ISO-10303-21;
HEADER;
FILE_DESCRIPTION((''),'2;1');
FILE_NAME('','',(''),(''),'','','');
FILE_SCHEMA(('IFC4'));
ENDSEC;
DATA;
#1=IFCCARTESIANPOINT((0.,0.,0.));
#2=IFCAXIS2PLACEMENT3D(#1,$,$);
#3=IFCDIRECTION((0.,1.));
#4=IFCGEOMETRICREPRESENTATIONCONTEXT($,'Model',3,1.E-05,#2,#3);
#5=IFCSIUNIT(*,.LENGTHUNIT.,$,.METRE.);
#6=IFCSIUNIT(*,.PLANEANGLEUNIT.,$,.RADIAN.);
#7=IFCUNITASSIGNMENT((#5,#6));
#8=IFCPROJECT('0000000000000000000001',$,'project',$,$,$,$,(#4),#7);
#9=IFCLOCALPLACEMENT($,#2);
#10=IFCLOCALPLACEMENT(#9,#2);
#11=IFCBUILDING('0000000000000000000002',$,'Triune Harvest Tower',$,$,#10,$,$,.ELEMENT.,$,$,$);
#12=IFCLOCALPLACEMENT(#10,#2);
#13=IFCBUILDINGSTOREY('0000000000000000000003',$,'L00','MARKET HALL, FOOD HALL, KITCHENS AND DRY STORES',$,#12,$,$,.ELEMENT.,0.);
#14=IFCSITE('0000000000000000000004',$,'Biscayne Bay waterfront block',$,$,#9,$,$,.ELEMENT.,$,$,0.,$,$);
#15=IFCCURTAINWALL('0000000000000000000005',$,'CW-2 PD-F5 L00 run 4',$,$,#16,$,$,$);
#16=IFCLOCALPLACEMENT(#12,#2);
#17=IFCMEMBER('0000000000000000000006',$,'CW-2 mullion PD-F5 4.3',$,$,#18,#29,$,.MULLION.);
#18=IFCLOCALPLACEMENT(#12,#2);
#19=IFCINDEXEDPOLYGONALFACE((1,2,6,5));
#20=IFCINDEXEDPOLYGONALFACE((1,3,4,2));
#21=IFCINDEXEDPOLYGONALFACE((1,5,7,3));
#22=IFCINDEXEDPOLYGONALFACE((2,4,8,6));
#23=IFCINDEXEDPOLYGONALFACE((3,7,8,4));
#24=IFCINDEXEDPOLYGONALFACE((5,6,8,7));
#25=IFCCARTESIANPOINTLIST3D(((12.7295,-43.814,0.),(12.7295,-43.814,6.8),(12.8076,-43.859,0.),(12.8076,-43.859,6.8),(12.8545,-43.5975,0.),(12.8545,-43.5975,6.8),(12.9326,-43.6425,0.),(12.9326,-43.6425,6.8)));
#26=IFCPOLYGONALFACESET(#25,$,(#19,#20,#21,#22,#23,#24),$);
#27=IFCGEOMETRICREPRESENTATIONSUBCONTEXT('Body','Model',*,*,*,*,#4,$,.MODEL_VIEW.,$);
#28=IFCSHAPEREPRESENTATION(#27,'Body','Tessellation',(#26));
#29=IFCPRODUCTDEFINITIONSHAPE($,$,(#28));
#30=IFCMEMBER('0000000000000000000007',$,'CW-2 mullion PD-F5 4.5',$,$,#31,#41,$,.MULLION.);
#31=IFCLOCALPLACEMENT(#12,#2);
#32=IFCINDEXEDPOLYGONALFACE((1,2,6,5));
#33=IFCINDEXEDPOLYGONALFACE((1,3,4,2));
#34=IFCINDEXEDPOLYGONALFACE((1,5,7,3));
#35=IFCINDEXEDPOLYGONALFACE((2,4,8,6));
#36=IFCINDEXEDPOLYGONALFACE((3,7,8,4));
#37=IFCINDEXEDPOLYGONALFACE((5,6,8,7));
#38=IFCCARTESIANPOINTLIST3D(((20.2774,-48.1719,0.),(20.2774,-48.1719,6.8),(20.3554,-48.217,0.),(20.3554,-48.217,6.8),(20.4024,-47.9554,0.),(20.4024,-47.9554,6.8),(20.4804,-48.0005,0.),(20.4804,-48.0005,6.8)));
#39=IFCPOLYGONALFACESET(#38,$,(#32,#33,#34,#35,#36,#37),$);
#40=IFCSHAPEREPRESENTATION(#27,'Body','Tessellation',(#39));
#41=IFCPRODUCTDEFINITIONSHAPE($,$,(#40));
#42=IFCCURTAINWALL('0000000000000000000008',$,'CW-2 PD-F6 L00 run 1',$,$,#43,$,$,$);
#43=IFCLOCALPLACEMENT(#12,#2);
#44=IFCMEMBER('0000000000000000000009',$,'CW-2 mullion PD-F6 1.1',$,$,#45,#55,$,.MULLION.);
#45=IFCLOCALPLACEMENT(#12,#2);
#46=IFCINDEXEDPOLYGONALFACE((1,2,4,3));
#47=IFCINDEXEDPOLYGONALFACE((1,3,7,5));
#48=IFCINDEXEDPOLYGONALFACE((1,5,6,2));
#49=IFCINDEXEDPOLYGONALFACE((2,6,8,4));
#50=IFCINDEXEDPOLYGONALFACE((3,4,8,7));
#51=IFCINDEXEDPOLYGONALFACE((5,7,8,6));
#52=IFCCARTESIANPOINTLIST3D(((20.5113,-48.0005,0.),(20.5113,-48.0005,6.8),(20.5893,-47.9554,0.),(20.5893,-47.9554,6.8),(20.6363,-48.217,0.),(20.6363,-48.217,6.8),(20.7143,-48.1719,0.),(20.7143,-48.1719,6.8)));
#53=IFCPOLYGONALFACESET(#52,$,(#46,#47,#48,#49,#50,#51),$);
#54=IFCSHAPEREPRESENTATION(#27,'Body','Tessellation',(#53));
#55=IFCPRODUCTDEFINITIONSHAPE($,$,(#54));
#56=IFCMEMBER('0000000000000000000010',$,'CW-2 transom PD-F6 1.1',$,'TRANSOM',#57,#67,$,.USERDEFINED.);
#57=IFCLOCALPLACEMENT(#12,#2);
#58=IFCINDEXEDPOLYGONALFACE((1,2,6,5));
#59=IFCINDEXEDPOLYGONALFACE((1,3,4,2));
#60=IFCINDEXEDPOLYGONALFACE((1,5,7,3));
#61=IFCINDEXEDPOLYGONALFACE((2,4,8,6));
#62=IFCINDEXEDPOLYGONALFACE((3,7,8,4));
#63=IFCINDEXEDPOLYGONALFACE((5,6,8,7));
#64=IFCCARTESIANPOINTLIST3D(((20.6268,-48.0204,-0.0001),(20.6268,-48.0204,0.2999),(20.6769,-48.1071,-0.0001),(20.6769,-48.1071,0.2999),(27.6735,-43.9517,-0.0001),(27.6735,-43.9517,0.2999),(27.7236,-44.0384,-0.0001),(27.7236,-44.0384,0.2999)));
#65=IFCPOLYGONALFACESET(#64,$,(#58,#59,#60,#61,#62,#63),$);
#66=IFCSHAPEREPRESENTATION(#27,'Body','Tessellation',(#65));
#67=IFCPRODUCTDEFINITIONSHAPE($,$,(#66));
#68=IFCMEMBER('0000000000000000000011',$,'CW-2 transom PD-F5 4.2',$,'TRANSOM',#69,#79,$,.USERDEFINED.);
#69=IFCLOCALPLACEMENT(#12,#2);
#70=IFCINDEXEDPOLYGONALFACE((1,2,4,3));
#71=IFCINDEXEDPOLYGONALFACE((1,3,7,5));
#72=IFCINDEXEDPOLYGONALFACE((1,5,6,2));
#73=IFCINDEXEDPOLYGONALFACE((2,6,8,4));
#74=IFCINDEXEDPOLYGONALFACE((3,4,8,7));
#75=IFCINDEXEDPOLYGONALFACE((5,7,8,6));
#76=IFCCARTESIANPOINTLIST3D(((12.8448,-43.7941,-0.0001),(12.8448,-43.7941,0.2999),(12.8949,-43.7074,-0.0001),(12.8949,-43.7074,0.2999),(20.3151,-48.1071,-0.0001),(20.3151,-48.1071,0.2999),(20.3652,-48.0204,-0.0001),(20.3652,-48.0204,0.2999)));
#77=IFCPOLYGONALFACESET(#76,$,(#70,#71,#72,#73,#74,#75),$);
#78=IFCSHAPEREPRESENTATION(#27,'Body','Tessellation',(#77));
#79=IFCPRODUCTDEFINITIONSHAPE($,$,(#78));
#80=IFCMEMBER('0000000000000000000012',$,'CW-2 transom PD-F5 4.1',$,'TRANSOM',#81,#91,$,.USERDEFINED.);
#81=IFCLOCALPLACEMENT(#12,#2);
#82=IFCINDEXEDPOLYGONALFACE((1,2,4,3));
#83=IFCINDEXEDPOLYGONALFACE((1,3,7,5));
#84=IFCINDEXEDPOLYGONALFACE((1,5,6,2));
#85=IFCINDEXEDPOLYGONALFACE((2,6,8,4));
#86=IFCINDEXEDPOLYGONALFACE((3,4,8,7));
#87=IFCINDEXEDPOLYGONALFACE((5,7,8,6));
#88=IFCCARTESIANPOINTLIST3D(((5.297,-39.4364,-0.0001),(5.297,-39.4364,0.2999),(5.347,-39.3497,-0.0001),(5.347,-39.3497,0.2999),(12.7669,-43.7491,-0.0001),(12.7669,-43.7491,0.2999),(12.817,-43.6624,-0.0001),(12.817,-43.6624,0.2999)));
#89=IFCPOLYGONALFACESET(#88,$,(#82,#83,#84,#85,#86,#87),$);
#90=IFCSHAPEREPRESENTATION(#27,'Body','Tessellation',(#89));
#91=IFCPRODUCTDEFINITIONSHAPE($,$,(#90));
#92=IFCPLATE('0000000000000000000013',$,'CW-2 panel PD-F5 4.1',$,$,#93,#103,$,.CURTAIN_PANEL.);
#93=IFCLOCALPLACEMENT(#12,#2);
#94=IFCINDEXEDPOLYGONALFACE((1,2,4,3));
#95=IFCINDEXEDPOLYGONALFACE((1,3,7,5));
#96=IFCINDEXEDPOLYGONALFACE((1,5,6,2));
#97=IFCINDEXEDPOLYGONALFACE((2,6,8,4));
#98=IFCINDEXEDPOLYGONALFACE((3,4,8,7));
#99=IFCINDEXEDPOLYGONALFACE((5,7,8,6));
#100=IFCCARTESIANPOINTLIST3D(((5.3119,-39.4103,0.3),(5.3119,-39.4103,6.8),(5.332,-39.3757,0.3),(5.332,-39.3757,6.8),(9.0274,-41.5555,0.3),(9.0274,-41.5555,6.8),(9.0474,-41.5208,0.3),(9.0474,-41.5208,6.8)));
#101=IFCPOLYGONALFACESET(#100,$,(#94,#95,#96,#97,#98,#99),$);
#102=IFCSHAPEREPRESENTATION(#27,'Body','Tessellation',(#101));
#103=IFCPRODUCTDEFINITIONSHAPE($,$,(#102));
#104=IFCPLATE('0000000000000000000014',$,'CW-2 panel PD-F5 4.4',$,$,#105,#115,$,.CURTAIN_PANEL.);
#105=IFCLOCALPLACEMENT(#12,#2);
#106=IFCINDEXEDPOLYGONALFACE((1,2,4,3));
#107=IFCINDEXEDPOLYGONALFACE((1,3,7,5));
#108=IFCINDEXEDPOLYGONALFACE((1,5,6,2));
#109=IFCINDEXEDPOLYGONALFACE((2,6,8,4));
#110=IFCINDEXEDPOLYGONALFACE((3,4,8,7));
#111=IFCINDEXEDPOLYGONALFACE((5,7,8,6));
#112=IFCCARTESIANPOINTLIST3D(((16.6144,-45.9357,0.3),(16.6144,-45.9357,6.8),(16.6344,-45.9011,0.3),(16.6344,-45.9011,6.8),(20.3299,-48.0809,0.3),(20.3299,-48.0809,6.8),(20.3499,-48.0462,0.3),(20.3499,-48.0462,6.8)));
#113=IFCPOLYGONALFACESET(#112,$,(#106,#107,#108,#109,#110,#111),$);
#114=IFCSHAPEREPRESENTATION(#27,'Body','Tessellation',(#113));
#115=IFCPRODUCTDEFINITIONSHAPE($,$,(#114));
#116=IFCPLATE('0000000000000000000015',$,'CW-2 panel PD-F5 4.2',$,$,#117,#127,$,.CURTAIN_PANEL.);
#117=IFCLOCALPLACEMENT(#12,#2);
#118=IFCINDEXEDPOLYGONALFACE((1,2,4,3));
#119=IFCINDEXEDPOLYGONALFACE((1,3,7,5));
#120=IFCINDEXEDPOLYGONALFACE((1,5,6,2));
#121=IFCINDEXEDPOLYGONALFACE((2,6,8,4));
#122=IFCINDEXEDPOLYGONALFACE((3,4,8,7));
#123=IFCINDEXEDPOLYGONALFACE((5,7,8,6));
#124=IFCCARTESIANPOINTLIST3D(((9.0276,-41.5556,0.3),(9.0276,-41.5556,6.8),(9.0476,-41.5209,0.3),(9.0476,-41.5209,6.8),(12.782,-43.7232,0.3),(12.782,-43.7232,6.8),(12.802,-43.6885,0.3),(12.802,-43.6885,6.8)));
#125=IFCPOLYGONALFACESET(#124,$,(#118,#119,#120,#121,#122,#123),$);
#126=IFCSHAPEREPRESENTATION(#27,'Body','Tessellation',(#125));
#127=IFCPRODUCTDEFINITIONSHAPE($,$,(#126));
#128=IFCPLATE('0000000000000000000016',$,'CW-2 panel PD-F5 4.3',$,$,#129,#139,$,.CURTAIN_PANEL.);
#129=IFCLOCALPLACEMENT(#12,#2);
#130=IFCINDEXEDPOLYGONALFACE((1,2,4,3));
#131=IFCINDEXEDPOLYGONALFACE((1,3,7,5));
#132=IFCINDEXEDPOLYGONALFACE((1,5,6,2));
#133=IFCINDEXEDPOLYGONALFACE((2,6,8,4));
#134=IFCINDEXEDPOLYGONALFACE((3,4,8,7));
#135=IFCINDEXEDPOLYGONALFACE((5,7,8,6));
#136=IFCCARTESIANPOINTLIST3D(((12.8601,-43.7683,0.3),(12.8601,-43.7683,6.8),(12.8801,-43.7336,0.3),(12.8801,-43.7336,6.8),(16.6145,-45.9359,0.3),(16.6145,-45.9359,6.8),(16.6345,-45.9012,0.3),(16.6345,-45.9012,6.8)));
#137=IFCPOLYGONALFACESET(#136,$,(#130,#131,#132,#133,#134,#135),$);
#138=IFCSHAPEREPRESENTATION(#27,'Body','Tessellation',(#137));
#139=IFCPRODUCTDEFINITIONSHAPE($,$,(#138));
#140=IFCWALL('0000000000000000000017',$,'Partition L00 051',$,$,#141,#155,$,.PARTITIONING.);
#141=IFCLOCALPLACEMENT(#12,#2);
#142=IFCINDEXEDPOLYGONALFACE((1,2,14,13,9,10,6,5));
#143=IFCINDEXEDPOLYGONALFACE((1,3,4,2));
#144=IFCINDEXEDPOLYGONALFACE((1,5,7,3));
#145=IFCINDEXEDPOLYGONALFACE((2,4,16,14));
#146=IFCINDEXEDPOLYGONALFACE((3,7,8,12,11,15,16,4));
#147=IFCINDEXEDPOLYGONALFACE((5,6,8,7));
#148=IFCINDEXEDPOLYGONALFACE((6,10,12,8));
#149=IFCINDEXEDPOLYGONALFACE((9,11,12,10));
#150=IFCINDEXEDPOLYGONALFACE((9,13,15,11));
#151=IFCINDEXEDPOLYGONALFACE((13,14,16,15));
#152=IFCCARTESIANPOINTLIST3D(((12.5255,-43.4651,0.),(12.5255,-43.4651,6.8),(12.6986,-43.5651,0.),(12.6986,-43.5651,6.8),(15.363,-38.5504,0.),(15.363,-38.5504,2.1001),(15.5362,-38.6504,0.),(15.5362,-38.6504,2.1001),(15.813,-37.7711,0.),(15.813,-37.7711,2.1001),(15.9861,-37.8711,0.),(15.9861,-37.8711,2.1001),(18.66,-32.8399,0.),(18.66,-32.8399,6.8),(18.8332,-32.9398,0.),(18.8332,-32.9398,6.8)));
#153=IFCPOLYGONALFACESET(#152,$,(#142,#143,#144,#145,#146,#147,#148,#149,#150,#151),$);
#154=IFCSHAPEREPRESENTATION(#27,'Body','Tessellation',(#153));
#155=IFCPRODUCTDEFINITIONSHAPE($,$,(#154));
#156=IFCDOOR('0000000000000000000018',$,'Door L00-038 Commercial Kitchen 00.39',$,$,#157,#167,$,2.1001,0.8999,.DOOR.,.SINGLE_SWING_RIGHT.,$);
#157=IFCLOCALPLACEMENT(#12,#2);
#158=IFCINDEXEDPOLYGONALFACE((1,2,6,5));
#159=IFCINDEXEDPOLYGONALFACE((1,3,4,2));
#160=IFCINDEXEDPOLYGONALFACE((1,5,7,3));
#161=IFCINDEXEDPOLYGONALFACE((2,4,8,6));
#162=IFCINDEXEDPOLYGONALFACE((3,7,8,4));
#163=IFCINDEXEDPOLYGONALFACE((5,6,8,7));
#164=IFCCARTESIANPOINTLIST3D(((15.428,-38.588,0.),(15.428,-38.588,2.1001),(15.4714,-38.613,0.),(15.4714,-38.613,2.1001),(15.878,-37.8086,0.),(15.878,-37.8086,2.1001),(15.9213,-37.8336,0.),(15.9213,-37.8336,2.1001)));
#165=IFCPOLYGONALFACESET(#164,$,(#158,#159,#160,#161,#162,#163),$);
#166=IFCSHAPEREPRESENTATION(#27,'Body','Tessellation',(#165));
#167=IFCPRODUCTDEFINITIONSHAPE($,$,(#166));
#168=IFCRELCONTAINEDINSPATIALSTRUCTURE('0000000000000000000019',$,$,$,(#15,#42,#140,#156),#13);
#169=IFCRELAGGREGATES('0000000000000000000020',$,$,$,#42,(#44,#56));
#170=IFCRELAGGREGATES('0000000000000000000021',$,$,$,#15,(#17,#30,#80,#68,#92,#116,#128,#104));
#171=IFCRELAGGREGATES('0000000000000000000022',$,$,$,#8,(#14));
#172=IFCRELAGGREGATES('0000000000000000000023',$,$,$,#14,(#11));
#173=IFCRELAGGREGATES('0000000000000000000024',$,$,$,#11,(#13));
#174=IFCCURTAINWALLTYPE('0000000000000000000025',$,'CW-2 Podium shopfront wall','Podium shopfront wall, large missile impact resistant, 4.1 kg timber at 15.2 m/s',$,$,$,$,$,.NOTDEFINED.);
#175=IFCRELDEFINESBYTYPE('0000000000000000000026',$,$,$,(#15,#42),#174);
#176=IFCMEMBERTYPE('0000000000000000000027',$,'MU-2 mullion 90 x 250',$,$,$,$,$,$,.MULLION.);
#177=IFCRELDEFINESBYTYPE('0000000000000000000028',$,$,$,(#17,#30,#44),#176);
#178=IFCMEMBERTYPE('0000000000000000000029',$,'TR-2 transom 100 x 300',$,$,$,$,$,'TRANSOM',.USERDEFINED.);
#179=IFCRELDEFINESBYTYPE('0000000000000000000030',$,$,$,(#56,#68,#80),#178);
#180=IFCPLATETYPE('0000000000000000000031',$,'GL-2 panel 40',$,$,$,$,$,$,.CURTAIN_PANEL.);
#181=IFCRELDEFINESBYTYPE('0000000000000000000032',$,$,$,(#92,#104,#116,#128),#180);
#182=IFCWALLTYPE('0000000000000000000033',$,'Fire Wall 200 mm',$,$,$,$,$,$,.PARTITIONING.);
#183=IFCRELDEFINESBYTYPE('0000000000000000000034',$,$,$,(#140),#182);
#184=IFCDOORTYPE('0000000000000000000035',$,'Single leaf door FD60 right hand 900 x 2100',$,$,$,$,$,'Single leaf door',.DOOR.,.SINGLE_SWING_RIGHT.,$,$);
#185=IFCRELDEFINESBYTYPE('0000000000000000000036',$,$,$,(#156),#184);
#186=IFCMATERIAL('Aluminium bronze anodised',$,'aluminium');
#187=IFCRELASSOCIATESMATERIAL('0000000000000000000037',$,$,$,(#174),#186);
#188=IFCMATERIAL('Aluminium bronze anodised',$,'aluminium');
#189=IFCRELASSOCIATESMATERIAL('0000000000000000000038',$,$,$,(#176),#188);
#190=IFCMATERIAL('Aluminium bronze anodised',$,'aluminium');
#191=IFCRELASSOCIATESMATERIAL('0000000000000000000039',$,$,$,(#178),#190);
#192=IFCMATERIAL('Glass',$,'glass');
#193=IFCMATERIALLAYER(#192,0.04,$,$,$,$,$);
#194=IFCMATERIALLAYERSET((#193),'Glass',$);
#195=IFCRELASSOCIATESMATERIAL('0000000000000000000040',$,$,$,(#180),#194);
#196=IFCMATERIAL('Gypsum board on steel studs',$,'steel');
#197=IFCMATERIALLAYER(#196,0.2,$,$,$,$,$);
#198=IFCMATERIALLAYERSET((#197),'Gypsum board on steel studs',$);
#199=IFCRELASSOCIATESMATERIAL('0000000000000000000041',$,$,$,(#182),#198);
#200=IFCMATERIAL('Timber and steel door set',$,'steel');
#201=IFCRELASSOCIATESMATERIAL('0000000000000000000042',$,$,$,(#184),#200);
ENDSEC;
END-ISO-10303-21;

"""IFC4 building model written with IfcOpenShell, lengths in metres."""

from ifc_helpers import new_model, si_unit, direction, frame, frame_2d, origin, origin_2d, place, context, subcontext, project, spatial, rectangle, extrude, source, transform, mapped, material, layer, layer_set, material_profile, profile_set, type_object, element, fill, aggregate, save


model = new_model("IFC4")

# Units and contexts
model_context = context("Model", 3, precision=1e-05, world=origin(), true_north=direction((0.0, 1.0)))
body_context = subcontext(model_context, "Body", "Model", "MODEL_VIEW")
ifc_project = project(units=[si_unit("LENGTHUNIT", "METRE"), si_unit("PLANEANGLEUNIT", "RADIAN")], contexts=[model_context])

# Site, building, storey
site_placement = place(None, origin())
site = spatial("IfcSite", under=ifc_project, at=site_placement, Name="Biscayne Bay waterfront block", CompositionType="ELEMENT", RefElevation=0.0)
building_placement = place(site_placement, origin())
building = spatial("IfcBuilding", under=site, at=building_placement, Name="Triune Harvest Tower", CompositionType="ELEMENT")
storey_placement = place(building_placement, origin())
storey = spatial("IfcBuildingStorey", under=building, at=storey_placement, Name="L00", Description="MARKET HALL, FOOD HALL, KITCHENS AND DRY STORES", CompositionType="ELEMENT", Elevation=0.0)

# Curtain walls, members
ifc_material_1 = material(Name="Aluminium bronze anodised", Category="aluminium")
curtain_wall_type = type_object("IfcCurtainWallType", Name="CW-2 Podium shopfront wall", Description="Podium shopfront wall, large missile impact resistant, 4.1 kg timber at 15.2 m/s", PredefinedType="NOTDEFINED", material=ifc_material_1)
curtain_wall_1_placement = place(storey_placement, origin())
curtain_wall_1 = element("IfcCurtainWall", 1, at=curtain_wall_1_placement, inside=storey, type_object=curtain_wall_type, Name="CW-2 PD-F5 L00 run 4")
ifc_material_2 = material(Name="Aluminium bronze anodised", Category="aluminium")
ifc_material_profile_1 = material_profile(ifc_material_2, rectangle(XDim=0.25, YDim=0.0901, at=origin_2d()), Name="MU-2 mullion 90 x 250")
ifc_profile_set_1 = profile_set([ifc_material_profile_1], Name="Aluminium bronze anodised")
member_type_1 = type_object("IfcMemberType", Name="MU-2 mullion 90 x 250", PredefinedType="MULLION", material=ifc_profile_set_1)
shared_shape_1 = source(origin(), body_context, "Body", "SweptSolid", [
    extrude(rectangle(XDim=0.25, YDim=0.0901, at=origin_2d()), origin(), (0.0, 0.0, 1.0), 6.8),
])
member_1_placement = place(storey_placement, frame((12.8311, -43.7283, 0.0), z_axis=(0.0, 0.0, 1.0), x_axis=(0.5, 0.866025, 0.0)))
member_1 = element("IfcMember", 2, at=member_1_placement, type_object=member_type_1, Name="CW-2 mullion PD-F5 4.3", PredefinedType="MULLION", context=body_context, shape_type="MappedRepresentation", body=[
    mapped(shared_shape_1, transform((0.0, 0.0, 0.0), scale=1.0)),
])
member_2_placement = place(storey_placement, frame((20.3789, -48.0862, 0.0), z_axis=(0.0, 0.0, 1.0), x_axis=(0.5, 0.866025, 0.0)))
member_2 = element("IfcMember", 3, at=member_2_placement, type_object=member_type_1, Name="CW-2 mullion PD-F5 4.5", PredefinedType="MULLION", context=body_context, shape_type="MappedRepresentation", body=[
    mapped(shared_shape_1, transform((0.0, 0.0, 0.0), scale=1.0)),
])
curtain_wall_2_placement = place(storey_placement, origin())
curtain_wall_2 = element("IfcCurtainWall", 4, at=curtain_wall_2_placement, inside=storey, type_object=curtain_wall_type, Name="CW-2 PD-F6 L00 run 1")
member_3_placement = place(storey_placement, frame((20.6128, -48.0862, 0.0), z_axis=(0.0, 0.0, 1.0), x_axis=(-0.500002, 0.866024, 0.0)))
member_3 = element("IfcMember", 5, at=member_3_placement, type_object=member_type_1, Name="CW-2 mullion PD-F6 1.1", PredefinedType="MULLION", context=body_context, shape_type="MappedRepresentation", body=[
    mapped(shared_shape_1, transform((0.0, 0.0, 0.0), scale=1.0)),
])
ifc_material_3 = material(Name="Aluminium bronze anodised", Category="aluminium")
ifc_material_profile_2 = material_profile(ifc_material_3, rectangle(XDim=0.1001, YDim=0.3, at=origin_2d()), Name="TR-2 transom 100 x 300")
ifc_profile_set_2 = profile_set([ifc_material_profile_2], Name="Aluminium bronze anodised")
member_type_2 = type_object("IfcMemberType", Name="TR-2 transom 100 x 300", ElementType="TRANSOM", PredefinedType="USERDEFINED", material=ifc_profile_set_2)
shared_shape_2 = source(origin(), body_context, "Body", "SweptSolid", [
    extrude(rectangle(XDim=0.1001, YDim=0.3, at=origin_2d()), origin(), (0.0, 0.0, 1.0), 8.137),
])
member_4_placement = place(storey_placement, frame((20.6519, -48.0637, 0.1499), z_axis=(0.866013, 0.500021, 0.0), x_axis=(-0.500021, 0.866013, 0.0)))
member_4 = element("IfcMember", 6, at=member_4_placement, type_object=member_type_2, Name="CW-2 transom PD-F6 1.1", ObjectType="TRANSOM", PredefinedType="USERDEFINED", context=body_context, shape_type="MappedRepresentation", body=[
    mapped(shared_shape_2, transform((0.0, 0.0, 0.0), scale=1.0)),
])
aggregate(curtain_wall_2, [member_3, member_4])

# Members
shared_shape_3 = source(origin(), body_context, "Body", "SweptSolid", [
    extrude(rectangle(XDim=0.1001, YDim=0.3, at=origin_2d()), origin(), (0.0, 0.0, 1.0), 8.626),
])
member_5_placement = place(storey_placement, frame((12.8699, -43.7507, 0.1499), z_axis=(0.866023, -0.500005, 0.0), x_axis=(0.500005, 0.866023, 0.0)))
member_5 = element("IfcMember", 7, at=member_5_placement, type_object=member_type_2, Name="CW-2 transom PD-F5 4.2", ObjectType="TRANSOM", PredefinedType="USERDEFINED", context=body_context, shape_type="MappedRepresentation", body=[
    mapped(shared_shape_3, transform((0.0, 0.0, 0.0), scale=1.0)),
])
shared_shape_4 = source(origin(), body_context, "Body", "SweptSolid", [
    extrude(rectangle(XDim=0.1001, YDim=0.3, at=origin_2d()), origin(), (0.0, 0.0, 1.0), 8.6255),
])
member_6_placement = place(storey_placement, frame((5.322, -39.3931, 0.1499), z_axis=(0.866028, -0.499996, 0.0), x_axis=(0.499996, 0.866028, 0.0)))
member_6 = element("IfcMember", 8, at=member_6_placement, type_object=member_type_2, Name="CW-2 transom PD-F5 4.1", ObjectType="TRANSOM", PredefinedType="USERDEFINED", context=body_context, shape_type="MappedRepresentation", body=[
    mapped(shared_shape_4, transform((0.0, 0.0, 0.0), scale=1.0)),
])

# Plates
ifc_material_4 = material(Name="Glass", Category="glass")
ifc_layer_1 = layer(ifc_material_4, 0.04)
ifc_layer_set_1 = layer_set([ifc_layer_1], Name="Glass")
plate_type = type_object("IfcPlateType", Name="GL-2 panel 40", PredefinedType="CURTAIN_PANEL", material=ifc_layer_set_1)
shared_shape_5 = source(origin(), body_context, "Body", "SweptSolid", [
    extrude(rectangle(XDim=4.2903, YDim=0.04, at=origin_2d()), origin(), (0.0, 0.0, 1.0), 6.5),
])
plate_1_placement = place(storey_placement, frame((7.1797, -40.4656, 0.3), z_axis=(0.0, 0.0, 1.0), x_axis=(0.866025, -0.5, 0.0)))
plate_1 = element("IfcPlate", 9, at=plate_1_placement, type_object=plate_type, Name="CW-2 panel PD-F5 4.1", PredefinedType="CURTAIN_PANEL", context=body_context, shape_type="MappedRepresentation", body=[
    mapped(shared_shape_5, transform((0.0, 0.0, 0.0), scale=1.0)),
])
plate_2_placement = place(storey_placement, frame((18.4822, -46.991, 0.3), z_axis=(0.0, 0.0, 1.0), x_axis=(0.866025, -0.5, 0.0)))
plate_2 = element("IfcPlate", 10, at=plate_2_placement, type_object=plate_type, Name="CW-2 panel PD-F5 4.4", PredefinedType="CURTAIN_PANEL", context=body_context, shape_type="MappedRepresentation", body=[
    mapped(shared_shape_5, transform((0.0, 0.0, 0.0), scale=1.0)),
])
shared_shape_6 = source(origin(), body_context, "Body", "SweptSolid", [
    extrude(rectangle(XDim=4.3352, YDim=0.04, at=origin_2d()), origin(), (0.0, 0.0, 1.0), 6.5),
])
plate_3_placement = place(storey_placement, frame((10.9148, -42.6221, 0.3), z_axis=(0.0, 0.0, 1.0), x_axis=(0.866025, -0.5, 0.0)))
plate_3 = element("IfcPlate", 11, at=plate_3_placement, type_object=plate_type, Name="CW-2 panel PD-F5 4.2", PredefinedType="CURTAIN_PANEL", context=body_context, shape_type="MappedRepresentation", body=[
    mapped(shared_shape_6, transform((0.0, 0.0, 0.0), scale=1.0)),
])
plate_4_placement = place(storey_placement, frame((14.7473, -44.8347, 0.3), z_axis=(0.0, 0.0, 1.0), x_axis=(0.866025, -0.5, 0.0)))
plate_4 = element("IfcPlate", 12, at=plate_4_placement, type_object=plate_type, Name="CW-2 panel PD-F5 4.3", PredefinedType="CURTAIN_PANEL", context=body_context, shape_type="MappedRepresentation", body=[
    mapped(shared_shape_6, transform((0.0, 0.0, 0.0), scale=1.0)),
])
aggregate(curtain_wall_1, [member_1, member_2, member_6, member_5, plate_1, plate_3, plate_4, plate_2])

# Wall, opening, door
ifc_material_5 = material(Name="Gypsum board on steel studs", Category="steel")
ifc_layer_2 = layer(ifc_material_5, 0.2)
ifc_layer_set_2 = layer_set([ifc_layer_2], Name="Gypsum board on steel studs")
wall_type_1 = type_object("IfcWallType", Name="Fire Wall 200 mm", PredefinedType="PARTITIONING", material=ifc_layer_set_2)
wall_1_placement = place(storey_placement, frame((12.6121, -43.5151, 0.0), z_axis=(0.0, 0.0, 1.0), x_axis=(0.500002, 0.866024, 0.0)))
wall_1 = element("IfcWall", 13, at=wall_1_placement, inside=storey, type_object=wall_type_1, Name="Partition L00 051", PredefinedType="PARTITIONING", context=body_context, shape_type="SweptSolid", body=[
    extrude(rectangle(XDim=12.269, YDim=0.2, at=frame_2d((6.1345, 0.0))), origin(), (0.0, 0.0, 1.0), 6.8),
])
opening_placement = place(wall_1_placement, frame((5.675, 0.0, 0.0)))
opening = element("IfcOpeningElement", 14, at=opening_placement, cuts=wall_1, PredefinedType="OPENING", context=body_context, shape_type="SweptSolid", body=[
    extrude(rectangle(XDim=0.8999, YDim=2.1001, at=frame_2d((0.45, 1.05))), frame((0.0, 0.1099, 0.0), z_axis=(0.0, -1.0, 0.0), x_axis=(1.0, 0.0, 0.0)), (0.0, 0.0, 1.0), 0.22),
])
ifc_material_6 = material(Name="Timber and steel door set", Category="steel")
door_type = type_object("IfcDoorType", Name="Single leaf door FD60 right hand 900 x 2100", ElementType="Single leaf door", OperationType="SINGLE_SWING_RIGHT", PredefinedType="DOOR", material=ifc_material_6)
door_placement = place(opening_placement, origin())
door = element("IfcDoor", 15, at=door_placement, inside=storey, type_object=door_type, Name="Door L00-038 Commercial Kitchen 00.39", OperationType="SINGLE_SWING_RIGHT", OverallHeight=2.1001, OverallWidth=0.8999, PredefinedType="DOOR", context=body_context, shape_type="SweptSolid", body=[
    extrude(rectangle(XDim=0.8999, YDim=2.1001, at=frame_2d((0.45, 1.05))), frame((0.0, 0.0249, 0.0), z_axis=(0.0, -1.0, 0.0), x_axis=(1.0, 0.0, 0.0)), (0.0, 0.0, 1.0), 0.05),
])
fill(opening, door)

save(model, "model.ifc")
